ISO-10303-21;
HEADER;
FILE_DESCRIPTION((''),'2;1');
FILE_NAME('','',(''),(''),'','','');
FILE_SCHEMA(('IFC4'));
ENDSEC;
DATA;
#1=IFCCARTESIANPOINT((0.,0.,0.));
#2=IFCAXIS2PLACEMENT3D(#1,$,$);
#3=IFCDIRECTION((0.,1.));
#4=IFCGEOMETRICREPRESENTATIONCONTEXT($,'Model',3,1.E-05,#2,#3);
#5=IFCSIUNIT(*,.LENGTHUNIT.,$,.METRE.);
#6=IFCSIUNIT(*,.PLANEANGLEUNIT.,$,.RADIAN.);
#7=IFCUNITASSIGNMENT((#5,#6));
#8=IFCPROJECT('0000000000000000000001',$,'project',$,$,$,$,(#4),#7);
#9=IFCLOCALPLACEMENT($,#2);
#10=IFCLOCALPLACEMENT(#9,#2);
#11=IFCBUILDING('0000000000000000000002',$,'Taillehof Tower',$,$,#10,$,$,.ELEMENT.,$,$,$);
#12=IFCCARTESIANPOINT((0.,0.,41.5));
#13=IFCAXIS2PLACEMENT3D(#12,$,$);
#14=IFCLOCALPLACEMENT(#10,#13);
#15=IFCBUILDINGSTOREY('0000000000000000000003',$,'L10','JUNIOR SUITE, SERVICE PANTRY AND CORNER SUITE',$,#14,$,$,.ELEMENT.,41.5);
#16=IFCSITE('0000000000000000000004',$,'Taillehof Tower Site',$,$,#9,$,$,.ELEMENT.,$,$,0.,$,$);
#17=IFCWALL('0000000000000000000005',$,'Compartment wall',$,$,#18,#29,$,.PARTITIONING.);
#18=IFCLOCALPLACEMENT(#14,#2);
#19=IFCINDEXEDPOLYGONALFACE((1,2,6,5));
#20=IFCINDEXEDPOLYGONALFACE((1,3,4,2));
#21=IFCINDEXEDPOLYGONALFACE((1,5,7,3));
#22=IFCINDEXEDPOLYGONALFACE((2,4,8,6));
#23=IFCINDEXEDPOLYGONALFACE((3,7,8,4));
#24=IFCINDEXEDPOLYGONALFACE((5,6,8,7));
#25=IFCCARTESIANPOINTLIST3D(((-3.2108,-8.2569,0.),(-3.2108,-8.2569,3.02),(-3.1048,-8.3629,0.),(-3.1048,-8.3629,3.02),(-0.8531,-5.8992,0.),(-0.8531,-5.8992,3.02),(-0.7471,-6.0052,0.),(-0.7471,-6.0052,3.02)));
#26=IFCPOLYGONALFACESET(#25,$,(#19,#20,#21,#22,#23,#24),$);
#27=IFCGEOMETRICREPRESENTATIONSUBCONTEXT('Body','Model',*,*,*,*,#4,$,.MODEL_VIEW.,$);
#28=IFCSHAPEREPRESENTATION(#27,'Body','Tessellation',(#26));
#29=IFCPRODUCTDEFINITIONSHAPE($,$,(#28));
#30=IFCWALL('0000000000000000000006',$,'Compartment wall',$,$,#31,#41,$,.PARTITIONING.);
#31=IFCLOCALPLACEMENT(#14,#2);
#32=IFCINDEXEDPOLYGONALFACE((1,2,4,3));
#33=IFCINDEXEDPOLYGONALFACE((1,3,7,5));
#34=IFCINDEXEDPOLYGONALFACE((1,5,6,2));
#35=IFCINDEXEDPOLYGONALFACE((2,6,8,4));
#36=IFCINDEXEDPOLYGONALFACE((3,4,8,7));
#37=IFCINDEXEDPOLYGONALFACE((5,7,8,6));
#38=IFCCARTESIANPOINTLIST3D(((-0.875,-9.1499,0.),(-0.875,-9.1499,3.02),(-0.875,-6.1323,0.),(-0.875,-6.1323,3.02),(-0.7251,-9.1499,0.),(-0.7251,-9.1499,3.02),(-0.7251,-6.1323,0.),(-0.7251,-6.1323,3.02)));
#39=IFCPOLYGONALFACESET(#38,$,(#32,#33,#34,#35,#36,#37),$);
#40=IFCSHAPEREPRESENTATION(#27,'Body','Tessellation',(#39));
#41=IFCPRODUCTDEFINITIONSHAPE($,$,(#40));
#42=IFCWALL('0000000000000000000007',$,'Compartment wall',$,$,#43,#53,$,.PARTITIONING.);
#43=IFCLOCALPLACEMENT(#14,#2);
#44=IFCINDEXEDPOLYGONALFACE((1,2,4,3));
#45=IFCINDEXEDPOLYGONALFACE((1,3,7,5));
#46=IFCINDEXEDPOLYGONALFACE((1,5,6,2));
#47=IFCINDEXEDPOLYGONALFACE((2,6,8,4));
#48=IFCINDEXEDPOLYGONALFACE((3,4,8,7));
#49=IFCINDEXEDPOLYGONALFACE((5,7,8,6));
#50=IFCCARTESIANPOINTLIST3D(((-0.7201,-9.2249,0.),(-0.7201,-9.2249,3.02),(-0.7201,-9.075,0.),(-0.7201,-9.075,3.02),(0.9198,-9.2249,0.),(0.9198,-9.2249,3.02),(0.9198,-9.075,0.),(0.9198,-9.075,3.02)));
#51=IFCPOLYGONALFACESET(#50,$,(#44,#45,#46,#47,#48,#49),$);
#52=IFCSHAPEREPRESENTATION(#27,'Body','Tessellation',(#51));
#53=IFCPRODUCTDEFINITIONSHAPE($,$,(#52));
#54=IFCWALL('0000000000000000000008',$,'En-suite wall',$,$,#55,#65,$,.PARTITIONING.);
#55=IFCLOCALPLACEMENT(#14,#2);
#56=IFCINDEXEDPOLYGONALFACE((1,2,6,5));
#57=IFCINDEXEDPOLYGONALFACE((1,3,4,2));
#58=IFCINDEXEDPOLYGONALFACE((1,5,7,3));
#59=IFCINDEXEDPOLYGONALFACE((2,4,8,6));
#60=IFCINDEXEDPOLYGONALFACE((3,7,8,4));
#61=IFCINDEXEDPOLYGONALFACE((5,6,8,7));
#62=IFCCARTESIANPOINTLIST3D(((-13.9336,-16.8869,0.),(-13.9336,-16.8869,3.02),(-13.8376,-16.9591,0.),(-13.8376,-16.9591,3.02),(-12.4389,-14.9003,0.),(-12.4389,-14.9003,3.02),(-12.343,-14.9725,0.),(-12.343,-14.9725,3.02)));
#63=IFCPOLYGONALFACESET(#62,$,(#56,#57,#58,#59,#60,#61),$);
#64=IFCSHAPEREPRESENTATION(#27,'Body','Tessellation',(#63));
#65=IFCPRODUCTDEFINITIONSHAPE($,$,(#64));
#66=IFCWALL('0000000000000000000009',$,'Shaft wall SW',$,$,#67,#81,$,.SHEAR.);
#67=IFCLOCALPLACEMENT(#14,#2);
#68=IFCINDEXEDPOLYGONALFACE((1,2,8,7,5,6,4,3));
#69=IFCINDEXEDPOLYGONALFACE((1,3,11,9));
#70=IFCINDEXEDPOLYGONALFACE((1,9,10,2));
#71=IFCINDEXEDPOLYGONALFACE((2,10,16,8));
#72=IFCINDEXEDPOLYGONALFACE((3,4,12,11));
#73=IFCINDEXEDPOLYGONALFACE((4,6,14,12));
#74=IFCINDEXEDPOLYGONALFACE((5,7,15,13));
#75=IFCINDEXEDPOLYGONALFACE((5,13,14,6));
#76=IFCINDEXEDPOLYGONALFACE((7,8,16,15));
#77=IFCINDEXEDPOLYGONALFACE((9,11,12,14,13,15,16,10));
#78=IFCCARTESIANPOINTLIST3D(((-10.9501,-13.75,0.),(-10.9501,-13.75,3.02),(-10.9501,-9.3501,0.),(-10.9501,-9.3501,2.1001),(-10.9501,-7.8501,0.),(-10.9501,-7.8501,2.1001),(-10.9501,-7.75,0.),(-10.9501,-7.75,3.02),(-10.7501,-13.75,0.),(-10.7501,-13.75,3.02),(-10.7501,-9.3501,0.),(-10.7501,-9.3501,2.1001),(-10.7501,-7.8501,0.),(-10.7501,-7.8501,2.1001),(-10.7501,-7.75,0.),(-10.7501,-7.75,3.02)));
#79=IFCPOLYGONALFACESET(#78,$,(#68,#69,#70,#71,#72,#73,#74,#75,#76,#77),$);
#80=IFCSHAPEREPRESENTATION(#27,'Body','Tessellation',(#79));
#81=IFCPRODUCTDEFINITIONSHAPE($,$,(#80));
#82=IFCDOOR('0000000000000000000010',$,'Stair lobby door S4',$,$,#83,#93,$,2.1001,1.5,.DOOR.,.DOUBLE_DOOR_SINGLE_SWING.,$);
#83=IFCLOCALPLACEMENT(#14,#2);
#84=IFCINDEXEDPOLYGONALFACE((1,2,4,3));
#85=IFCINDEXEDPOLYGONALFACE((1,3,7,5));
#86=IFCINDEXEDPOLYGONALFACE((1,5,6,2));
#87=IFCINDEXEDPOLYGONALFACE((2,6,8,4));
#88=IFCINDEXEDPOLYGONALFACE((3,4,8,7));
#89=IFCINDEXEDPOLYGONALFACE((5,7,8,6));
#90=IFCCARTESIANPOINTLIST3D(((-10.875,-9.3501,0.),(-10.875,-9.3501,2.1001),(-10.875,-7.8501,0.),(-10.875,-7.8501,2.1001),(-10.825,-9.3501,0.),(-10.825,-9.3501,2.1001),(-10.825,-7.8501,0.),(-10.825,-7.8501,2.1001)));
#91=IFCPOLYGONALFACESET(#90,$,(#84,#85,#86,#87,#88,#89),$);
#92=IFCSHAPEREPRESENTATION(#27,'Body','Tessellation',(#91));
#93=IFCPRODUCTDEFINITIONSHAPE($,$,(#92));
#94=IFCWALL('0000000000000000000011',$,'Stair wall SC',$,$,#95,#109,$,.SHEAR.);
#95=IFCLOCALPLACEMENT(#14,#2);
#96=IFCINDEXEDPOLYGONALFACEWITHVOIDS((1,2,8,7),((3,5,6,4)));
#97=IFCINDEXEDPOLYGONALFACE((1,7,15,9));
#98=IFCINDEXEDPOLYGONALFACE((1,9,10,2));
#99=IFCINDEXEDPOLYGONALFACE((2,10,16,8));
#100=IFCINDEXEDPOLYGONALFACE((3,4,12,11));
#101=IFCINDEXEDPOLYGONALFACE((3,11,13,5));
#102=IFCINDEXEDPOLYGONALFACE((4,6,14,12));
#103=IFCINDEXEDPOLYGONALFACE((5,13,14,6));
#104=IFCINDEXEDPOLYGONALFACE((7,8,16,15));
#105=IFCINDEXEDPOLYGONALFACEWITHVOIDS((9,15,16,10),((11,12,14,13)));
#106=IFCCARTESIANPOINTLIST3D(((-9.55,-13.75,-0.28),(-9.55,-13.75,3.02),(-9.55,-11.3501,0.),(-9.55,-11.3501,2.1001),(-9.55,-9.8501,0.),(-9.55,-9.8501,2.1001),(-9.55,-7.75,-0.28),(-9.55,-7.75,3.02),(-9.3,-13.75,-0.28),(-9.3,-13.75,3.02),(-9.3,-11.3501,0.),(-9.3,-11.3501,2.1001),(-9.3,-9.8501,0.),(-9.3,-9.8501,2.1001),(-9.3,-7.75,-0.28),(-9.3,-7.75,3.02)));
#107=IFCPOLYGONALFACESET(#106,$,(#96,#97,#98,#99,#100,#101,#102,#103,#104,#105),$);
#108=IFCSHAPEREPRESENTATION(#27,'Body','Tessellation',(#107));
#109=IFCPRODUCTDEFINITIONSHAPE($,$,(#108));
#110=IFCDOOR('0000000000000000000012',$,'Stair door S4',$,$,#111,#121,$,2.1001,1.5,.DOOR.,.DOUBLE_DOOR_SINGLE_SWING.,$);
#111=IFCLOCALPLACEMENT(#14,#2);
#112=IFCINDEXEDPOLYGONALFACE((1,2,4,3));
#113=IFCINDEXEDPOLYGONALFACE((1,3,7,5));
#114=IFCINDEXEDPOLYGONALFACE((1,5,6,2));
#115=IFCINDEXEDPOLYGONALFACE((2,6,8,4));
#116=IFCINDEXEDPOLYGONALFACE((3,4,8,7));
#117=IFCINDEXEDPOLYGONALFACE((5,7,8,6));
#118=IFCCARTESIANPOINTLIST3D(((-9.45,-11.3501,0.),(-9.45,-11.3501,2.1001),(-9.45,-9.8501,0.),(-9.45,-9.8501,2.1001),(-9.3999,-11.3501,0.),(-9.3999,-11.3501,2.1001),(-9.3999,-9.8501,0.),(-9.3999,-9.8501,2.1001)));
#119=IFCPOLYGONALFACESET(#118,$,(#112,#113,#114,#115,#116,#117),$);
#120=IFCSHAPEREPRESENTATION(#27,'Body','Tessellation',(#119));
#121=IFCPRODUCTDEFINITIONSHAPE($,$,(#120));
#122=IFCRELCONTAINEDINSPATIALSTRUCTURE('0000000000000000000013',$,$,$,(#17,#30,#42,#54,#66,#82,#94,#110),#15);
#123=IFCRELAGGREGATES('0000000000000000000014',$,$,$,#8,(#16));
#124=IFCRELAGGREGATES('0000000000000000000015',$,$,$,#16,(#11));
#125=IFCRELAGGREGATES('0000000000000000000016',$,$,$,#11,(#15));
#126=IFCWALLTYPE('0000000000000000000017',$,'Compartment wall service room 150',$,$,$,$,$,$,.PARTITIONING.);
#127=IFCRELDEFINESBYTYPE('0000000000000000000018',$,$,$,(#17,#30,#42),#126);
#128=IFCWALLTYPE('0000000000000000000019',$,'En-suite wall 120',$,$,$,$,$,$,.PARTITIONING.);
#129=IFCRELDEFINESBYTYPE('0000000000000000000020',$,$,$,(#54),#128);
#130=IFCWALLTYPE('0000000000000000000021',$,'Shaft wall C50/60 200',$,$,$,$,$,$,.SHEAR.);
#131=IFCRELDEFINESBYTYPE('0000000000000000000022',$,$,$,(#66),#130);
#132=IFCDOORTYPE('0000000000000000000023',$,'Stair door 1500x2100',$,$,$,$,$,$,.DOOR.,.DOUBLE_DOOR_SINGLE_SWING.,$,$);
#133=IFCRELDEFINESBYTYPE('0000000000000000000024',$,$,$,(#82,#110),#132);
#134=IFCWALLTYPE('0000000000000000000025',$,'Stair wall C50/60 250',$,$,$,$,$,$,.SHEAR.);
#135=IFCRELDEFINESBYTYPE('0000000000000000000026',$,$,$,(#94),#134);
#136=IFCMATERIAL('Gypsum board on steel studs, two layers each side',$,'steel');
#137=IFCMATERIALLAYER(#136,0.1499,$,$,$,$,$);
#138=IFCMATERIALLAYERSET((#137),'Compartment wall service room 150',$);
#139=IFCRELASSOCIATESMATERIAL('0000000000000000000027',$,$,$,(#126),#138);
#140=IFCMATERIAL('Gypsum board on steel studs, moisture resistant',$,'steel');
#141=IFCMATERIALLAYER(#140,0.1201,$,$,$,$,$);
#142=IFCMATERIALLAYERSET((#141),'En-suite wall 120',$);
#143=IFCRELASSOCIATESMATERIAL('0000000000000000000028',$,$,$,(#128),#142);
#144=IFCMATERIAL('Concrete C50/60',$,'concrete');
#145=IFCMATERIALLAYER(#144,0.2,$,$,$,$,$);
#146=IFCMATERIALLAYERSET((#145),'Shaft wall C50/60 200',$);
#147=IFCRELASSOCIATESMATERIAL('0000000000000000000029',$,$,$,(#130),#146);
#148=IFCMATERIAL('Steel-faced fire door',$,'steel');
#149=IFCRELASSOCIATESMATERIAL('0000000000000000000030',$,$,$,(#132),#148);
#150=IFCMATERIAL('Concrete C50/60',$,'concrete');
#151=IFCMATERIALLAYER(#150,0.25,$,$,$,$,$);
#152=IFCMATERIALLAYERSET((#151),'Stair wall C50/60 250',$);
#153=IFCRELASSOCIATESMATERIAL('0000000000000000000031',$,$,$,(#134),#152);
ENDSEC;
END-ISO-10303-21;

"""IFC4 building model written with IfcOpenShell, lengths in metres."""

from ifc_helpers import new_model, si_unit, direction, frame, frame_2d, origin, place, context, subcontext, project, spatial, rectangle, extrude, material, layer, layer_set, type_object, element, fill, save


model = new_model("IFC4")

# Units and contexts
model_context = context("Model", 3, precision=1e-05, world=origin(), true_north=direction((0.0, 1.0)))
body_context = subcontext(model_context, "Body", "Model", "MODEL_VIEW")
ifc_project = project(units=[si_unit("LENGTHUNIT", "METRE"), si_unit("PLANEANGLEUNIT", "RADIAN")], contexts=[model_context])

# Site, building, storey
site_placement = place(None, origin())
site = spatial("IfcSite", under=ifc_project, at=site_placement, Name="Taillehof Tower Site", CompositionType="ELEMENT", RefElevation=0.0)
building_placement = place(site_placement, origin())
building = spatial("IfcBuilding", under=site, at=building_placement, Name="Taillehof Tower", CompositionType="ELEMENT")
storey_placement = place(building_placement, frame((0.0, 0.0, 41.5)))
storey = spatial("IfcBuildingStorey", under=building, at=storey_placement, Name="L10", Description="JUNIOR SUITE, SERVICE PANTRY AND CORNER SUITE", CompositionType="ELEMENT", Elevation=41.5)

# Walls
ifc_material_1 = material(Name="Gypsum board on steel studs, two layers each side", Category="steel")
ifc_layer_1 = layer(ifc_material_1, 0.1499)
ifc_layer_set_1 = layer_set([ifc_layer_1], Name="Compartment wall service room 150")
wall_type_1 = type_object("IfcWallType", Name="Compartment wall service room 150", PredefinedType="PARTITIONING", material=ifc_layer_set_1)
wall_1_placement = place(storey_placement, frame((-3.1577, -8.3098, 0.0), z_axis=(0.0, 0.0, 1.0), x_axis=(0.707107, 0.707107, 0.0)))
element("IfcWall", 1, at=wall_1_placement, inside=storey, type_object=wall_type_1, Name="Compartment wall", PredefinedType="PARTITIONING", context=body_context, shape_type="SweptSolid", body=[
    extrude(rectangle(XDim=3.3342, YDim=0.1499, at=frame_2d((1.667, 0.0))), origin(), (0.0, 0.0, 1.0), 3.02),
])
wall_2_placement = place(storey_placement, frame((-0.8, -6.1323, 0.0), z_axis=(0.0, 0.0, 1.0), x_axis=(0.0, -1.0, 0.0)))
element("IfcWall", 2, at=wall_2_placement, inside=storey, type_object=wall_type_1, Name="Compartment wall", PredefinedType="PARTITIONING", context=body_context, shape_type="SweptSolid", body=[
    extrude(rectangle(XDim=3.0176, YDim=0.1499, at=frame_2d((1.5088, 0.0))), origin(), (0.0, 0.0, 1.0), 3.02),
])
wall_3_placement = place(storey_placement, frame((-0.72, -9.1499, 0.0), z_axis=(0.0, 0.0, 1.0), x_axis=(1.0, 0.0, 0.0)))
element("IfcWall", 3, at=wall_3_placement, inside=storey, type_object=wall_type_1, Name="Compartment wall", PredefinedType="PARTITIONING", context=body_context, shape_type="SweptSolid", body=[
    extrude(rectangle(XDim=1.6399, YDim=0.1499, at=frame_2d((0.8198, 0.0))), origin(), (0.0, 0.0, 1.0), 3.02),
])
ifc_material_2 = material(Name="Gypsum board on steel studs, moisture resistant", Category="steel")
ifc_layer_2 = layer(ifc_material_2, 0.1201)
ifc_layer_set_2 = layer_set([ifc_layer_2], Name="En-suite wall 120")
wall_type_2 = type_object("IfcWallType", Name="En-suite wall 120", PredefinedType="PARTITIONING", material=ifc_layer_set_2)
wall_4_placement = place(storey_placement, frame((-12.3909, -14.9363, 0.0), z_axis=(0.0, 0.0, 1.0), x_axis=(-0.601209, -0.799092, 0.0)))
element("IfcWall", 4, at=wall_4_placement, inside=storey, type_object=wall_type_2, Name="En-suite wall", PredefinedType="PARTITIONING", context=body_context, shape_type="SweptSolid", body=[
    extrude(rectangle(XDim=2.4861, YDim=0.1201, at=frame_2d((1.2432, 0.0))), origin(), (0.0, 0.0, 1.0), 3.02),
])

# Walls, openings, doors
ifc_material_3 = material(Name="Concrete C50/60", Category="concrete")
ifc_layer_3 = layer(ifc_material_3, 0.2)
ifc_layer_set_3 = layer_set([ifc_layer_3], Name="Shaft wall C50/60 200")
wall_type_3 = type_object("IfcWallType", Name="Shaft wall C50/60 200", PredefinedType="SHEAR", material=ifc_layer_set_3)
wall_5_placement = place(storey_placement, frame((-10.8501, -13.75, 0.0), z_axis=(0.0, 0.0, 1.0), x_axis=(0.0, 1.0, 0.0)))
wall_5 = element("IfcWall", 5, at=wall_5_placement, inside=storey, type_object=wall_type_3, Name="Shaft wall SW", PredefinedType="SHEAR", context=body_context, shape_type="SweptSolid", body=[
    extrude(rectangle(XDim=6.0, YDim=0.2, at=frame_2d((3.0, 0.0))), origin(), (0.0, 0.0, 1.0), 3.02),
])
opening_1_placement = place(wall_5_placement, frame((4.3999, 0.0, 0.0)))
opening_1 = element("IfcOpeningElement", 6, at=opening_1_placement, cuts=wall_5, PredefinedType="OPENING", context=body_context, shape_type="SweptSolid", body=[
    extrude(rectangle(XDim=1.5, YDim=2.1001, at=frame_2d((0.75, 1.05))), frame((0.0, 0.1099, 0.0), z_axis=(0.0, -1.0, 0.0), x_axis=(1.0, 0.0, 0.0)), (0.0, 0.0, 1.0), 0.22),
])
ifc_material_4 = material(Name="Steel-faced fire door", Category="steel")
door_type = type_object("IfcDoorType", Name="Stair door 1500x2100", OperationType="DOUBLE_DOOR_SINGLE_SWING", PredefinedType="DOOR", material=ifc_material_4)
door_1_placement = place(opening_1_placement, origin())
door_1 = element("IfcDoor", 7, at=door_1_placement, inside=storey, type_object=door_type, Name="Stair lobby door S4", OperationType="DOUBLE_DOOR_SINGLE_SWING", OverallHeight=2.1001, OverallWidth=1.5, PredefinedType="DOOR", context=body_context, shape_type="SweptSolid", body=[
    extrude(rectangle(XDim=1.5, YDim=2.1001, at=frame_2d((0.75, 1.05))), frame((0.0, 0.0249, 0.0), z_axis=(0.0, -1.0, 0.0), x_axis=(1.0, 0.0, 0.0)), (0.0, 0.0, 1.0), 0.05),
])
fill(opening_1, door_1)
ifc_material_5 = material(Name="Concrete C50/60", Category="concrete")
ifc_layer_4 = layer(ifc_material_5, 0.25)
ifc_layer_set_4 = layer_set([ifc_layer_4], Name="Stair wall C50/60 250")
wall_type_4 = type_object("IfcWallType", Name="Stair wall C50/60 250", PredefinedType="SHEAR", material=ifc_layer_set_4)
wall_6_placement = place(storey_placement, frame((-9.425, -13.75, -0.28), z_axis=(0.0, 0.0, 1.0), x_axis=(0.0, 1.0, 0.0)))
wall_6 = element("IfcWall", 8, at=wall_6_placement, inside=storey, type_object=wall_type_4, Name="Stair wall SC", PredefinedType="SHEAR", context=body_context, shape_type="SweptSolid", body=[
    extrude(rectangle(XDim=6.0, YDim=0.25, at=frame_2d((3.0, 0.0))), origin(), (0.0, 0.0, 1.0), 3.3),
])
opening_2_placement = place(wall_6_placement, frame((2.3999, 0.0, 0.28)))
opening_2 = element("IfcOpeningElement", 9, at=opening_2_placement, cuts=wall_6, PredefinedType="OPENING", context=body_context, shape_type="SweptSolid", body=[
    extrude(rectangle(XDim=1.5, YDim=2.1001, at=frame_2d((0.75, 1.05))), frame((0.0, 0.135, 0.0), z_axis=(0.0, -1.0, 0.0), x_axis=(1.0, 0.0, 0.0)), (0.0, 0.0, 1.0), 0.27),
])
door_2_placement = place(opening_2_placement, origin())
door_2 = element("IfcDoor", 10, at=door_2_placement, inside=storey, type_object=door_type, Name="Stair door S4", OperationType="DOUBLE_DOOR_SINGLE_SWING", OverallHeight=2.1001, OverallWidth=1.5, PredefinedType="DOOR", context=body_context, shape_type="SweptSolid", body=[
    extrude(rectangle(XDim=1.5, YDim=2.1001, at=frame_2d((0.75, 1.05))), frame((0.0, 0.0249, 0.0), z_axis=(0.0, -1.0, 0.0), x_axis=(1.0, 0.0, 0.0)), (0.0, 0.0, 1.0), 0.05),
])
fill(opening_2, door_2)

save(model, "model.ifc")
